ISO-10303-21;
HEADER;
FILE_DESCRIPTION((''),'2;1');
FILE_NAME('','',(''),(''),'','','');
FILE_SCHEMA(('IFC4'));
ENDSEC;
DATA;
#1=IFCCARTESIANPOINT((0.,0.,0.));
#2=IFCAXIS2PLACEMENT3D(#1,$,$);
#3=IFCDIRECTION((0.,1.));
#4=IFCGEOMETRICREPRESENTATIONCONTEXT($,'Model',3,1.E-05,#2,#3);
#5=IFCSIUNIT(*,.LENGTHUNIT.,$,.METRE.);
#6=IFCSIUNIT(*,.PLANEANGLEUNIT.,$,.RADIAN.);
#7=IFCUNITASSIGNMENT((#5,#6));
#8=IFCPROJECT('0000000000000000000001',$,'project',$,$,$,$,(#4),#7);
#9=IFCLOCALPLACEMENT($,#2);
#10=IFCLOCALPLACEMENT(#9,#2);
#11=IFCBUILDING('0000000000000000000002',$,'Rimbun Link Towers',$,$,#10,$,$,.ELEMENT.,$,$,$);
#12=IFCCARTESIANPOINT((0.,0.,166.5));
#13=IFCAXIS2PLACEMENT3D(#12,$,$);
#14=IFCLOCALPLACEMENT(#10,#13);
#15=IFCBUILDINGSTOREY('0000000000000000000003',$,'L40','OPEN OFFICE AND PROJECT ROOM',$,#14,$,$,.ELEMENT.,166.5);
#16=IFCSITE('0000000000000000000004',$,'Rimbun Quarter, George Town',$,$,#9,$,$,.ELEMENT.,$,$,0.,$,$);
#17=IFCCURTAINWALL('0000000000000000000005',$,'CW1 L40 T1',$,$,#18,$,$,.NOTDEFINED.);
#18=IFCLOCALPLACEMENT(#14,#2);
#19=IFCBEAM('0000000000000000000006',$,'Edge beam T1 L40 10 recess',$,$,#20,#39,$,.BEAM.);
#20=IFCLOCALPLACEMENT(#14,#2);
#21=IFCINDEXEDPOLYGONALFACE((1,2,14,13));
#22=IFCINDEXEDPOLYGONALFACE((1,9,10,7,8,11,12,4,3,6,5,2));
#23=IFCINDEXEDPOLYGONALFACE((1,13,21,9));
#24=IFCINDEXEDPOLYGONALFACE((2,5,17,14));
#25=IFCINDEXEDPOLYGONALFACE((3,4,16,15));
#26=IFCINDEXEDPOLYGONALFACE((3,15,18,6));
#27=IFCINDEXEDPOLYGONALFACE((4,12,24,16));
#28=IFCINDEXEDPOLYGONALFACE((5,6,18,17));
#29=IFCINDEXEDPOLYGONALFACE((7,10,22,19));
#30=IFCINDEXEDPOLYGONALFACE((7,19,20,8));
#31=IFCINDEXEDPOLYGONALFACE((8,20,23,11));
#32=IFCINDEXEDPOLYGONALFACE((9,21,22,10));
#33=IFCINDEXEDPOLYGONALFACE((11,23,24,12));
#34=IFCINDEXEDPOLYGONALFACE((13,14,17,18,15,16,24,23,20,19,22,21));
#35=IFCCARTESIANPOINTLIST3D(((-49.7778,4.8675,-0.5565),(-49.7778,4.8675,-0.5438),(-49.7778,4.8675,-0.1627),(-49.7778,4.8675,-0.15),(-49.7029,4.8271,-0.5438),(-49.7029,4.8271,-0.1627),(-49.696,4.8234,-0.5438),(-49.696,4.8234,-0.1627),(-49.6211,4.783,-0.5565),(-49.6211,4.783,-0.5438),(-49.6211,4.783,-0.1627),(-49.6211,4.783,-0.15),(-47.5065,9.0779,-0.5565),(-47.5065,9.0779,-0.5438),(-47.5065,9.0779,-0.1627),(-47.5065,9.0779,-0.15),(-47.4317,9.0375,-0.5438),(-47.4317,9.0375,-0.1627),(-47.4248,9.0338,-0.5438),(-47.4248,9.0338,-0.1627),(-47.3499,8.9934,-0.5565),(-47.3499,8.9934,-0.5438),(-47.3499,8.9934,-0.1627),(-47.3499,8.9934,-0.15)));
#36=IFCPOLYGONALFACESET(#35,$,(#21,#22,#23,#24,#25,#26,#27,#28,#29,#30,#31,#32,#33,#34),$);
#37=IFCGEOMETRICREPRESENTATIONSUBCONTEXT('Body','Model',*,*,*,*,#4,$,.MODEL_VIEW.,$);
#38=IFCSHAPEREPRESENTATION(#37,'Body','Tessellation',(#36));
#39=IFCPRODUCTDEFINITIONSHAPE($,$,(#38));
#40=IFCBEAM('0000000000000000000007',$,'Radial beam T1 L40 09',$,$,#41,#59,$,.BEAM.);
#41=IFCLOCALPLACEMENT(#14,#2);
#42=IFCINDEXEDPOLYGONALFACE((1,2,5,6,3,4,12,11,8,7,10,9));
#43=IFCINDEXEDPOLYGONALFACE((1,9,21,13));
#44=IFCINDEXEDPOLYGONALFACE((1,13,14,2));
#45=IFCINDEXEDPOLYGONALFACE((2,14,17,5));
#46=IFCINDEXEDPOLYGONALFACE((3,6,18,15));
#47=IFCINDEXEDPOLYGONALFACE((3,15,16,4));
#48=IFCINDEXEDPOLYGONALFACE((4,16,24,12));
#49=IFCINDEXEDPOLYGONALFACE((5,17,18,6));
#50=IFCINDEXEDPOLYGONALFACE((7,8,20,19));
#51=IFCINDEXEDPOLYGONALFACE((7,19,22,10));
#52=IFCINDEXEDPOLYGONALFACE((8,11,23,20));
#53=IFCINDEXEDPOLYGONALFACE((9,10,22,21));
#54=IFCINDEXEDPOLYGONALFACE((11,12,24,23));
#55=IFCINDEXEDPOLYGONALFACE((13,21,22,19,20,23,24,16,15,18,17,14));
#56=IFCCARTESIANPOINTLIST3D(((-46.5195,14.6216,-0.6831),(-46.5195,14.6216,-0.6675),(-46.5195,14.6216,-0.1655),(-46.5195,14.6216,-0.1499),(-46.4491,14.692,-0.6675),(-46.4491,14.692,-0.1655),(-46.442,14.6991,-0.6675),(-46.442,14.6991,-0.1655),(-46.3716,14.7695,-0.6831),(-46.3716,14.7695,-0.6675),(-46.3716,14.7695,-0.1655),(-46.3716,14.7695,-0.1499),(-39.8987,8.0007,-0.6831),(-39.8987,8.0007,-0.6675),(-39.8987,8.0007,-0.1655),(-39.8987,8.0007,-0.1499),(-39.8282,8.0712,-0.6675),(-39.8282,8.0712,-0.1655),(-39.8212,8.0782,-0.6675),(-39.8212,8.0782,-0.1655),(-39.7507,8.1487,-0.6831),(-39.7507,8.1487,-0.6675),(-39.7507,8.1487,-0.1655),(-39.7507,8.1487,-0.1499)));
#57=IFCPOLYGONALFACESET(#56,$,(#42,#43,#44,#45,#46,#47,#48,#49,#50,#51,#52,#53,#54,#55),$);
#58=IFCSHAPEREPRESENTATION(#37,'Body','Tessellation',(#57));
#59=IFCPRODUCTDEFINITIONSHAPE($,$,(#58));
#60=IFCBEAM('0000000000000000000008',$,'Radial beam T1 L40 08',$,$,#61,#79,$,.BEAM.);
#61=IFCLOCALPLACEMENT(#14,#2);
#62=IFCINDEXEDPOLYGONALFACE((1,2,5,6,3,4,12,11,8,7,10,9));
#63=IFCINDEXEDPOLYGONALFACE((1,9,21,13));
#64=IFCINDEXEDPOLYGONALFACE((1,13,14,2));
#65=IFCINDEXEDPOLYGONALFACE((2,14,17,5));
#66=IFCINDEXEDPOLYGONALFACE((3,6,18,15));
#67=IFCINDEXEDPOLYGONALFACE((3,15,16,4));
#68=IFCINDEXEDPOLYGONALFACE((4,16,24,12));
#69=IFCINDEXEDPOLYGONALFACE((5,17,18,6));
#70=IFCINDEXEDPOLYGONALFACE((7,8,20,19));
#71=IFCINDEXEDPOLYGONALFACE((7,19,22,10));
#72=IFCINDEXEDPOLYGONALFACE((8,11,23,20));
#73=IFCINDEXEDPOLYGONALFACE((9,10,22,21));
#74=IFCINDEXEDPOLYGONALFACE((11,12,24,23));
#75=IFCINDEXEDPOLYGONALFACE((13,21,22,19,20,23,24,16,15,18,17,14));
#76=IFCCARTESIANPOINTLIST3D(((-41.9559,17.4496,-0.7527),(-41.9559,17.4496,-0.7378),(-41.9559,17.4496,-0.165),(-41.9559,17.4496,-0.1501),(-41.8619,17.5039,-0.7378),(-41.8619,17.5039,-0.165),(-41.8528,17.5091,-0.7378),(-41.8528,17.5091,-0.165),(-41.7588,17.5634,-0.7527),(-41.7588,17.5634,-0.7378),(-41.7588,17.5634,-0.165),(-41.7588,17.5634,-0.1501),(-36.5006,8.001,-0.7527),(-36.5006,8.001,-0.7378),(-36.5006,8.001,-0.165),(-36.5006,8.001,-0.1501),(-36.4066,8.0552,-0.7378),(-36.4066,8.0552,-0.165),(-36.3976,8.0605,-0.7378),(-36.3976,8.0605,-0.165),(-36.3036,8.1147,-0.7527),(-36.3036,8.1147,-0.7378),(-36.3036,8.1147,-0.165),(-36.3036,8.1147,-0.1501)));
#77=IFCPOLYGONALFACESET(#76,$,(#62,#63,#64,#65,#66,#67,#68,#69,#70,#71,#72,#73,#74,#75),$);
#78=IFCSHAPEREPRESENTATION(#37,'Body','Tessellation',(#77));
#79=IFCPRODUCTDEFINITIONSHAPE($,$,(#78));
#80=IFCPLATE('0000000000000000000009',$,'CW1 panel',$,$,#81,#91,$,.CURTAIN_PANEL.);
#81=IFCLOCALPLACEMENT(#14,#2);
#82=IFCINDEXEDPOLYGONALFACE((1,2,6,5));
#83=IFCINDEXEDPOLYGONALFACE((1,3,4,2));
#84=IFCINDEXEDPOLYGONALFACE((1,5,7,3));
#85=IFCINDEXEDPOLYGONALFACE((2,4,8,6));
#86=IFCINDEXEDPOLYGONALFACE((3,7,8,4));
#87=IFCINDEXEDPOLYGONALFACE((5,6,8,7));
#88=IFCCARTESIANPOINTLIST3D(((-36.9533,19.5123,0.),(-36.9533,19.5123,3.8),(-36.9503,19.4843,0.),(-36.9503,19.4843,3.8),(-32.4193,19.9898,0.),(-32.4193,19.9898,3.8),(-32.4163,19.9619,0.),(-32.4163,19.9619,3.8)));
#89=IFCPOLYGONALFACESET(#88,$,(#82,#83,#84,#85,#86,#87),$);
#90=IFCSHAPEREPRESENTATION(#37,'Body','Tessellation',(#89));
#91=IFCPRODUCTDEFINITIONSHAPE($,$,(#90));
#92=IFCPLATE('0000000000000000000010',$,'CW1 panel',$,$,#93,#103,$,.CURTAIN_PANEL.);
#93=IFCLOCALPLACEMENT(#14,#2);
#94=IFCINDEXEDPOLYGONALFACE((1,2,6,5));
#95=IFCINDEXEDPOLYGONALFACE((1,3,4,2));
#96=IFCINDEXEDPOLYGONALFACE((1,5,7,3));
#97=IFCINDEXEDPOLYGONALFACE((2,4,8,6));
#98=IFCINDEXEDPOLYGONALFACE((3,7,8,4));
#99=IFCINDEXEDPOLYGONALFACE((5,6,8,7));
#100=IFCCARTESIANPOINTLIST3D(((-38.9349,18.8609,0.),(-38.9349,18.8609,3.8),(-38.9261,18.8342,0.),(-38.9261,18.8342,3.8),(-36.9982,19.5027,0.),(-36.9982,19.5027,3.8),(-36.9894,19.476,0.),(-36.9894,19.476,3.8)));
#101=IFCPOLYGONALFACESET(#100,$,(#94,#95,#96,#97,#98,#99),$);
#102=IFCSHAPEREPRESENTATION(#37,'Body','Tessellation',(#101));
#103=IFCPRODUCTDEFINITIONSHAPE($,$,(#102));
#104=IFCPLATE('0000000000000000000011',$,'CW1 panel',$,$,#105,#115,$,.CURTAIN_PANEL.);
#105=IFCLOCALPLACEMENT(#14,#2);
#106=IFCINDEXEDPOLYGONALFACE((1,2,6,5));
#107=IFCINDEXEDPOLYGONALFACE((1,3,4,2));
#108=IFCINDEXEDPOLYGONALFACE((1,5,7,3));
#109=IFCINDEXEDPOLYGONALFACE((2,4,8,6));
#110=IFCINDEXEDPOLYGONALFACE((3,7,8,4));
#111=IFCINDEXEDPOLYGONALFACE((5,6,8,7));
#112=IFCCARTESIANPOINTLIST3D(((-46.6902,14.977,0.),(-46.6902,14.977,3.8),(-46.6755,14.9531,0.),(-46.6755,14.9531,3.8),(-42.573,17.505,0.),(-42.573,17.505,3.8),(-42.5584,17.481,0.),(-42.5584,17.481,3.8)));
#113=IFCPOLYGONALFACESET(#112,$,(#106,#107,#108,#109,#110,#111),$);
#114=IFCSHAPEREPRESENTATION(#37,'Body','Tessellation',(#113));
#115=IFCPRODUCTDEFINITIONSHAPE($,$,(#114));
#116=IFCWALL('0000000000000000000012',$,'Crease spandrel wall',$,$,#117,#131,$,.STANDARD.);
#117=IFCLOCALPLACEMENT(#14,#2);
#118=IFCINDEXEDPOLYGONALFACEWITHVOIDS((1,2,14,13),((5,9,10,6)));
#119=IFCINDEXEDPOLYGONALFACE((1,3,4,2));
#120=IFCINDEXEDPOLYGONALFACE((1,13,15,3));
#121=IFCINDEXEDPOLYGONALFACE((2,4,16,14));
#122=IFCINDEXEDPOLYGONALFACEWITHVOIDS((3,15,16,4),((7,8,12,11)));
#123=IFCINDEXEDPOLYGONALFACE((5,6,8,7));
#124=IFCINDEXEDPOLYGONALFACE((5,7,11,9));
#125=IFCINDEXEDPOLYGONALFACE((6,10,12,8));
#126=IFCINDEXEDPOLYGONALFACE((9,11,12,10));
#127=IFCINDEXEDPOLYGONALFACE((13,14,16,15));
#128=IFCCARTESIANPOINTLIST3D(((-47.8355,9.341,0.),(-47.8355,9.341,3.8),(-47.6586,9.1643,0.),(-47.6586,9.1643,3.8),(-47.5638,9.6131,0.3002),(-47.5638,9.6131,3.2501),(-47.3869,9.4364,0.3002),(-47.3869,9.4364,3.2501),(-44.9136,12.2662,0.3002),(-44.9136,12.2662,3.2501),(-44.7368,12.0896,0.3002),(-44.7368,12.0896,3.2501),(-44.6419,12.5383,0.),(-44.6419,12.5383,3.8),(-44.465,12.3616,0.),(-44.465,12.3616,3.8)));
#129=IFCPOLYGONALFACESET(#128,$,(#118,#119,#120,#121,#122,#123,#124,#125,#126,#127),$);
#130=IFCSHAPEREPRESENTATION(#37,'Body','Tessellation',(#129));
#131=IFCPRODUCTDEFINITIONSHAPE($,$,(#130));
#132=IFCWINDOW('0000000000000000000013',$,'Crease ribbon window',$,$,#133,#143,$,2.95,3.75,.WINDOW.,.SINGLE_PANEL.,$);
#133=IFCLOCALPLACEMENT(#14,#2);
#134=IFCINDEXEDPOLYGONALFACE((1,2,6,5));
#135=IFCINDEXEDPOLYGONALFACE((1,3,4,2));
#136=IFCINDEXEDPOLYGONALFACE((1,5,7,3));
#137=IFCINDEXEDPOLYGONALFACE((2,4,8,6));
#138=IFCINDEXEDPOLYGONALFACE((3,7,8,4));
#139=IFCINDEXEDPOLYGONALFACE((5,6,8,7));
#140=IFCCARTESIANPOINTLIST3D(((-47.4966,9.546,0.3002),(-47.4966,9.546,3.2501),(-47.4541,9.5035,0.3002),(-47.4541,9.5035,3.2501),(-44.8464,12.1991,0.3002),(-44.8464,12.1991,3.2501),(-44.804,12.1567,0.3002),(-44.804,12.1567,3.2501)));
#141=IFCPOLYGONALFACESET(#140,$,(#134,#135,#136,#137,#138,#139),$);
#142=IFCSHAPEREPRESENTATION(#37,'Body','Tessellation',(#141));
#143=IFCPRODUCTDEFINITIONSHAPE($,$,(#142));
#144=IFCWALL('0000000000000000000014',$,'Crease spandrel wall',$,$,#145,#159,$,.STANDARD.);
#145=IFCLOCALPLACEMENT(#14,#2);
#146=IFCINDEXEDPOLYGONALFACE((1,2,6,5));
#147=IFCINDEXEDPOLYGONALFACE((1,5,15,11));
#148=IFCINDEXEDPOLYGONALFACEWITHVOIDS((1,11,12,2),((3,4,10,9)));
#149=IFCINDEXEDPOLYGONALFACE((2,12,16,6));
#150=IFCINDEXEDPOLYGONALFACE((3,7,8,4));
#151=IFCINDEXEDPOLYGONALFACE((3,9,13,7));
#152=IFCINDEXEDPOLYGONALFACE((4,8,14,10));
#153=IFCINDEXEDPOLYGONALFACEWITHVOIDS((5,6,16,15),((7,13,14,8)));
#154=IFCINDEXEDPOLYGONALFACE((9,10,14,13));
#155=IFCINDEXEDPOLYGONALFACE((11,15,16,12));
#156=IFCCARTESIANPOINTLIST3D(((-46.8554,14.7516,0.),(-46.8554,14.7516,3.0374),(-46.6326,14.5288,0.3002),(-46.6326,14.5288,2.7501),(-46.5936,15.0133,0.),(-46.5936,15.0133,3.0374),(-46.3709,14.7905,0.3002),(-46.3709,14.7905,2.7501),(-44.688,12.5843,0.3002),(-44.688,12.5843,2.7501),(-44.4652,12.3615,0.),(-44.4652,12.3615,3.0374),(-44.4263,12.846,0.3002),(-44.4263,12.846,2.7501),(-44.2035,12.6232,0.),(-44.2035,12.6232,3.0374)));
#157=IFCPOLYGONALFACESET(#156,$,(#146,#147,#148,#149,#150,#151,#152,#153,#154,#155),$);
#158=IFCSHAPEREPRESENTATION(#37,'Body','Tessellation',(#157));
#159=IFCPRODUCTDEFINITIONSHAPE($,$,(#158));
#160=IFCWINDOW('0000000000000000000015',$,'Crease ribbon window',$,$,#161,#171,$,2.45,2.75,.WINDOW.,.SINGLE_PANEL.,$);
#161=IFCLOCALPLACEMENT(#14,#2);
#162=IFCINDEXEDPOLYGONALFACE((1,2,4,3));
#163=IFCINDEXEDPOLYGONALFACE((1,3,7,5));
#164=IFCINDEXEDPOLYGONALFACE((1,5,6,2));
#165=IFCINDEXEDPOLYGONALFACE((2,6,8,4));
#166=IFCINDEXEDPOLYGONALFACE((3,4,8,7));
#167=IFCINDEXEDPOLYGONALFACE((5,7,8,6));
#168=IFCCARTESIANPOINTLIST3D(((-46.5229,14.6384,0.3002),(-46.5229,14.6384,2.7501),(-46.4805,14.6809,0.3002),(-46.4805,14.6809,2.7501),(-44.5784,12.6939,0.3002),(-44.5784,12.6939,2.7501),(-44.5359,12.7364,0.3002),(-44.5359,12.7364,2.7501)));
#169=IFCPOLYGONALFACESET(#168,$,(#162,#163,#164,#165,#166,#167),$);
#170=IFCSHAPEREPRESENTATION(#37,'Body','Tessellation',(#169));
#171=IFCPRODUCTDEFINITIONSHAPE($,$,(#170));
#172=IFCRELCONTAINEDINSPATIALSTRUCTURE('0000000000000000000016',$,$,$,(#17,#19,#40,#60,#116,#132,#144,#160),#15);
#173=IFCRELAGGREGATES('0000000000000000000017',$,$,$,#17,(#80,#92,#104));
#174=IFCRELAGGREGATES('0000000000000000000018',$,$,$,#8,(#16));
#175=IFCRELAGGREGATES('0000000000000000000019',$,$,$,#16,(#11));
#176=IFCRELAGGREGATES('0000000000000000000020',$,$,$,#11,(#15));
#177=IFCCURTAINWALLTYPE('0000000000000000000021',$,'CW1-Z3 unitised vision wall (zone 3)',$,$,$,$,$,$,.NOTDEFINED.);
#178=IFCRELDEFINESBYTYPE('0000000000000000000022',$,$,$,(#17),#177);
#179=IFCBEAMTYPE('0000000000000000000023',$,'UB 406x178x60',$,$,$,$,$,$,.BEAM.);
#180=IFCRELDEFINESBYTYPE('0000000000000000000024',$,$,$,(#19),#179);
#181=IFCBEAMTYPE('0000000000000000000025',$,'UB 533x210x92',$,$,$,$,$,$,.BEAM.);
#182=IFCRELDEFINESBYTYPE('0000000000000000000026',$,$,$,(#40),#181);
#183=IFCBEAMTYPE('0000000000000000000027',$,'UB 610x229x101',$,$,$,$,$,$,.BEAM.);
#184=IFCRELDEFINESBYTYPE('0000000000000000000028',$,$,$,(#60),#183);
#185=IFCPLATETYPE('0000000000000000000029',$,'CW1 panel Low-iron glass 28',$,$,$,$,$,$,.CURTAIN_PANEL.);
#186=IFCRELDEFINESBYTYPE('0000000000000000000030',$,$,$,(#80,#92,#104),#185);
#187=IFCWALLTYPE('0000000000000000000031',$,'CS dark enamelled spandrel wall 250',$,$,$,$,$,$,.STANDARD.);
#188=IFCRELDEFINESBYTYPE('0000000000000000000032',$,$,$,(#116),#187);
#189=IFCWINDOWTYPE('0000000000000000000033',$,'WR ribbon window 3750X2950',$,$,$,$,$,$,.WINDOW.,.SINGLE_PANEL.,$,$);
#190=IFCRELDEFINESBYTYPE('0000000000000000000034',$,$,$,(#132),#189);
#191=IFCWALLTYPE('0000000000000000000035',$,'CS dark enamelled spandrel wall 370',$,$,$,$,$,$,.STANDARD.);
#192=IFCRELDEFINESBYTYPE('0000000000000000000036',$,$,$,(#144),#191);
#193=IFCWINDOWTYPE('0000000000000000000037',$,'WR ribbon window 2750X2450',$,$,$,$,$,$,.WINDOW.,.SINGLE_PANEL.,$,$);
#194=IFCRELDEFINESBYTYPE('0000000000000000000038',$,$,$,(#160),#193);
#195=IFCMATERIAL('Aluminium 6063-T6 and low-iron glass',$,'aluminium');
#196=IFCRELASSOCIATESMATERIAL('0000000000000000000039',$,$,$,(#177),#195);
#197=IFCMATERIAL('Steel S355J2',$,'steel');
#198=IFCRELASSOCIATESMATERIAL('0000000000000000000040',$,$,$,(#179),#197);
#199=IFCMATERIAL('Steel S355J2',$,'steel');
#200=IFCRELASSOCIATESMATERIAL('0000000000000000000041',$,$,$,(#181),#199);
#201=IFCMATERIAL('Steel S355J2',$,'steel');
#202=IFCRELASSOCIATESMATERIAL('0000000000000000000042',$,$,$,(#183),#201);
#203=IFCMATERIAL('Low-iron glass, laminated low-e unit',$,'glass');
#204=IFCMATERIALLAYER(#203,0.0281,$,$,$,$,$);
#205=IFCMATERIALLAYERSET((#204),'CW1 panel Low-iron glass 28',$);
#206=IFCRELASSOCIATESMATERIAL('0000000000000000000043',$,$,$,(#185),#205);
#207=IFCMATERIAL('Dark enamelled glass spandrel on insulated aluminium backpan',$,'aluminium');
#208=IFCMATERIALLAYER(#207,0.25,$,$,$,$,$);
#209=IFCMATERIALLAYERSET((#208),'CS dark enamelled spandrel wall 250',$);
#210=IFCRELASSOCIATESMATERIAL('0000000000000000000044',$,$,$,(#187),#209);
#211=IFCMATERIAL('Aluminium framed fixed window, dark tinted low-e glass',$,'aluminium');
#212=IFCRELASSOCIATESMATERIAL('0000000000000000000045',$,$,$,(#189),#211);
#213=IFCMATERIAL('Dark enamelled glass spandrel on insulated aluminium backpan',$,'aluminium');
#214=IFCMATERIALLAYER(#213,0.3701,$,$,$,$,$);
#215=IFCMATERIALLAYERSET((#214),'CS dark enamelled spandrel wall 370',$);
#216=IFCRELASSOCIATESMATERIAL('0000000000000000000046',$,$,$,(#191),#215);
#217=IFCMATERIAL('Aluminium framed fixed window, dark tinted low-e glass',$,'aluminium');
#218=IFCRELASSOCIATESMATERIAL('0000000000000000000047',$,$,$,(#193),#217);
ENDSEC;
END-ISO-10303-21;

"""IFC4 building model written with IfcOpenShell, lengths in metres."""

from ifc_helpers import new_model, si_unit, direction, frame, frame_2d, origin, origin_2d, place, context, subcontext, project, spatial, rectangle, i_section, extrude, material, layer, layer_set, material_profile, profile_set, type_object, element, fill, aggregate, save


model = new_model("IFC4")

# Units and contexts
model_context = context("Model", 3, precision=1e-05, world=origin(), true_north=direction((0.0, 1.0)))
body_context = subcontext(model_context, "Body", "Model", "MODEL_VIEW")
ifc_project = project(units=[si_unit("LENGTHUNIT", "METRE"), si_unit("PLANEANGLEUNIT", "RADIAN")], contexts=[model_context])

# Site, building, storey
site_placement = place(None, origin())
site = spatial("IfcSite", under=ifc_project, at=site_placement, Name="Rimbun Quarter, George Town", CompositionType="ELEMENT", RefElevation=0.0)
building_placement = place(site_placement, origin())
building = spatial("IfcBuilding", under=site, at=building_placement, Name="Rimbun Link Towers", CompositionType="ELEMENT")
storey_placement = place(building_placement, frame((0.0, 0.0, 166.5)))
storey = spatial("IfcBuildingStorey", under=building, at=storey_placement, Name="L40", Description="OPEN OFFICE AND PROJECT ROOM", CompositionType="ELEMENT", Elevation=166.5)

# Curtain wall
ifc_material_1 = material(Name="Aluminium 6063-T6 and low-iron glass", Category="aluminium")
curtain_wall_type = type_object("IfcCurtainWallType", Name="CW1-Z3 unitised vision wall (zone 3)", PredefinedType="NOTDEFINED", material=ifc_material_1)
curtain_wall_placement = place(storey_placement, origin())
curtain_wall = element("IfcCurtainWall", 1, at=curtain_wall_placement, inside=storey, type_object=curtain_wall_type, Name="CW1 L40 T1", PredefinedType="NOTDEFINED")

# Beams
ifc_material_2 = material(Name="Steel S355J2", Category="steel")
ifc_material_profile_1 = material_profile(ifc_material_2, i_section(OverallWidth=0.178, OverallDepth=0.4065, WebThickness=0.0078, FlangeThickness=0.0127, at=origin_2d()), Name="UB 406x178x60")
ifc_profile_set_1 = profile_set([ifc_material_profile_1], Name="Steel S355J2")
beam_type_1 = type_object("IfcBeamType", Name="UB 406x178x60", PredefinedType="BEAM", material=ifc_profile_set_1)
beam_1_placement = place(storey_placement, frame((-47.4282, 9.0356, -0.3533), z_axis=(-0.47476, -0.880115, 0.0), x_axis=(0.880115, -0.47476, 0.0)))
element("IfcBeam", 2, at=beam_1_placement, inside=storey, type_object=beam_type_1, Name="Edge beam T1 L40 10 recess", PredefinedType="BEAM", context=body_context, shape_type="SweptSolid", body=[
    extrude(i_section(OverallWidth=0.178, OverallDepth=0.4065, WebThickness=0.0078, FlangeThickness=0.0127, at=origin_2d()), origin(), (0.0, 0.0, 1.0), 4.7839),
])
ifc_material_3 = material(Name="Steel S355J2", Category="steel")
ifc_material_profile_2 = material_profile(ifc_material_3, i_section(OverallWidth=0.2092, OverallDepth=0.5332, WebThickness=0.01, FlangeThickness=0.0156, at=origin_2d()), Name="UB 533x210x92")
ifc_profile_set_2 = profile_set([ifc_material_profile_2], Name="Steel S355J2")
beam_type_2 = type_object("IfcBeamType", Name="UB 533x210x92", PredefinedType="BEAM", material=ifc_profile_set_2)
beam_2_placement = place(storey_placement, frame((-39.8247, 8.0747, -0.4165), z_axis=(-0.707107, 0.707107, 0.0), x_axis=(-0.707107, -0.707107, 0.0)))
element("IfcBeam", 3, at=beam_2_placement, inside=storey, type_object=beam_type_2, Name="Radial beam T1 L40 09", PredefinedType="BEAM", context=body_context, shape_type="SweptSolid", body=[
    extrude(i_section(OverallWidth=0.2092, OverallDepth=0.5332, WebThickness=0.01, FlangeThickness=0.0156, at=origin_2d()), origin(), (0.0, 0.0, 1.0), 9.3633),
])
ifc_material_4 = material(Name="Steel S355J2", Category="steel")
ifc_material_profile_3 = material_profile(ifc_material_4, i_section(OverallWidth=0.2275, OverallDepth=0.6025, WebThickness=0.0105, FlangeThickness=0.0149, at=origin_2d()), Name="UB 610x229x101")
ifc_profile_set_3 = profile_set([ifc_material_profile_3], Name="Steel S355J2")
beam_type_3 = type_object("IfcBeamType", Name="UB 610x229x101", PredefinedType="BEAM", material=ifc_profile_set_3)
beam_3_placement = place(storey_placement, frame((-36.4021, 8.0579, -0.4514), z_axis=(-0.500007, 0.866022, 0.0), x_axis=(-0.866022, -0.500007, 0.0)))
element("IfcBeam", 4, at=beam_3_placement, inside=storey, type_object=beam_type_3, Name="Radial beam T1 L40 08", PredefinedType="BEAM", context=body_context, shape_type="SweptSolid", body=[
    extrude(i_section(OverallWidth=0.2275, OverallDepth=0.6025, WebThickness=0.0105, FlangeThickness=0.0149, at=origin_2d()), origin(), (0.0, 0.0, 1.0), 10.9104),
])

# Plates
ifc_material_5 = material(Name="Low-iron glass, laminated low-e unit", Category="glass")
ifc_layer_1 = layer(ifc_material_5, 0.0281)
ifc_layer_set_1 = layer_set([ifc_layer_1], Name="CW1 panel Low-iron glass 28")
plate_type = type_object("IfcPlateType", Name="CW1 panel Low-iron glass 28", PredefinedType="CURTAIN_PANEL", material=ifc_layer_set_1)
plate_1_placement = place(storey_placement, frame((-34.6848, 19.7371, 0.0), z_axis=(0.0, 0.0, 1.0), x_axis=(0.9945, 0.10474, 0.0)))
plate_1 = element("IfcPlate", 5, at=plate_1_placement, type_object=plate_type, Name="CW1 panel", PredefinedType="CURTAIN_PANEL", context=body_context, shape_type="SweptSolid", body=[
    extrude(rectangle(XDim=4.5591, YDim=0.0281, at=origin_2d()), origin(), (0.0, 0.0, 1.0), 3.8),
])
plate_2_placement = place(storey_placement, frame((-37.9622, 19.1685, 0.0), z_axis=(0.0, 0.0, 1.0), x_axis=(0.949239, 0.314556, 0.0)))
plate_2 = element("IfcPlate", 6, at=plate_2_placement, type_object=plate_type, Name="CW1 panel", PredefinedType="CURTAIN_PANEL", context=body_context, shape_type="SweptSolid", body=[
    extrude(rectangle(XDim=2.0403, YDim=0.0281, at=origin_2d()), origin(), (0.0, 0.0, 1.0), 3.8),
])
plate_3_placement = place(storey_placement, frame((-44.6243, 16.229, 0.0), z_axis=(0.0, 0.0, 1.0), x_axis=(0.852179, 0.52325, 0.0)))
plate_3 = element("IfcPlate", 7, at=plate_3_placement, type_object=plate_type, Name="CW1 panel", PredefinedType="CURTAIN_PANEL", context=body_context, shape_type="SweptSolid", body=[
    extrude(rectangle(XDim=4.8313, YDim=0.0281, at=origin_2d()), origin(), (0.0, 0.0, 1.0), 3.8),
])
aggregate(curtain_wall, [plate_1, plate_2, plate_3])

# Walls, openings, windows
ifc_material_6 = material(Name="Dark enamelled glass spandrel on insulated aluminium backpan", Category="aluminium")
ifc_layer_2 = layer(ifc_material_6, 0.25)
ifc_layer_set_2 = layer_set([ifc_layer_2], Name="CS dark enamelled spandrel wall 250")
wall_type_1 = type_object("IfcWallType", Name="CS dark enamelled spandrel wall 250", PredefinedType="STANDARD", material=ifc_layer_set_2)
wall_1_placement = place(storey_placement, frame((-47.7471, 9.2527, 0.0), z_axis=(0.0, 0.0, 1.0), x_axis=(0.706701, 0.707512, 0.0)))
wall_1 = element("IfcWall", 8, at=wall_1_placement, inside=storey, type_object=wall_type_1, Name="Crease spandrel wall", PredefinedType="STANDARD", context=body_context, shape_type="SweptSolid", body=[
    extrude(rectangle(XDim=4.519, YDim=0.25, at=frame_2d((2.2595, 0.0))), origin(), (0.0, 0.0, 1.0), 3.8),
])
opening_1_placement = place(wall_1_placement, frame((0.3845, 0.0, 0.3)))
opening_1 = element("IfcOpeningElement", 9, at=opening_1_placement, cuts=wall_1, PredefinedType="OPENING", context=body_context, shape_type="SweptSolid", body=[
    extrude(rectangle(XDim=3.75, YDim=2.95, at=frame_2d((1.875, 1.4751))), frame((0.0, 0.135, 0.0), z_axis=(0.0, -1.0, 0.0), x_axis=(1.0, 0.0, 0.0)), (0.0, 0.0, 1.0), 0.27),
])
ifc_material_7 = material(Name="Aluminium framed fixed window, dark tinted low-e glass", Category="aluminium")
window_type_1 = type_object("IfcWindowType", Name="WR ribbon window 3750X2950", PartitioningType="SINGLE_PANEL", PredefinedType="WINDOW", material=ifc_material_7)
window_1_placement = place(opening_1_placement, origin())
window_1 = element("IfcWindow", 10, at=window_1_placement, inside=storey, type_object=window_type_1, Name="Crease ribbon window", OverallHeight=2.95, OverallWidth=3.75, PartitioningType="SINGLE_PANEL", PredefinedType="WINDOW", context=body_context, shape_type="SweptSolid", body=[
    extrude(rectangle(XDim=3.75, YDim=2.95, at=frame_2d((1.875, 1.4751))), frame((0.0, 0.03, 0.0), z_axis=(0.0, -1.0, 0.0), x_axis=(1.0, 0.0, 0.0)), (0.0, 0.0, 1.0), 0.0601),
])
fill(opening_1, window_1)
ifc_material_8 = material(Name="Dark enamelled glass spandrel on insulated aluminium backpan", Category="aluminium")
ifc_layer_3 = layer(ifc_material_8, 0.3701)
ifc_layer_set_3 = layer_set([ifc_layer_3], Name="CS dark enamelled spandrel wall 370")
wall_type_2 = type_object("IfcWallType", Name="CS dark enamelled spandrel wall 370", PredefinedType="STANDARD", material=ifc_layer_set_3)
wall_2_placement = place(storey_placement, frame((-44.3345, 12.4924, 0.0), z_axis=(0.0, 0.0, 1.0), x_axis=(-0.707107, 0.707107, 0.0)))
wall_2 = element("IfcWall", 11, at=wall_2_placement, inside=storey, type_object=wall_type_2, Name="Crease spandrel wall", PredefinedType="STANDARD", context=body_context, shape_type="SweptSolid", body=[
    extrude(rectangle(XDim=3.3801, YDim=0.3701, at=frame_2d((1.6899, 0.0))), origin(), (0.0, 0.0, 1.0), 3.0374),
])
opening_2_placement = place(wall_2_placement, frame((0.3149, 0.0, 0.3)))
opening_2 = element("IfcOpeningElement", 12, at=opening_2_placement, cuts=wall_2, PredefinedType="OPENING", context=body_context, shape_type="SweptSolid", body=[
    extrude(rectangle(XDim=2.75, YDim=2.45, at=frame_2d((1.375, 1.2251))), frame((0.0, 0.1951, 0.0), z_axis=(0.0, -1.0, 0.0), x_axis=(1.0, 0.0, 0.0)), (0.0, 0.0, 1.0), 0.3901),
])
ifc_material_9 = material(Name="Aluminium framed fixed window, dark tinted low-e glass", Category="aluminium")
window_type_2 = type_object("IfcWindowType", Name="WR ribbon window 2750X2450", PartitioningType="SINGLE_PANEL", PredefinedType="WINDOW", material=ifc_material_9)
window_2_placement = place(opening_2_placement, origin())
window_2 = element("IfcWindow", 13, at=window_2_placement, inside=storey, type_object=window_type_2, Name="Crease ribbon window", OverallHeight=2.45, OverallWidth=2.75, PartitioningType="SINGLE_PANEL", PredefinedType="WINDOW", context=body_context, shape_type="SweptSolid", body=[
    extrude(rectangle(XDim=2.75, YDim=2.45, at=frame_2d((1.375, 1.2251))), frame((0.0, 0.03, 0.0), z_axis=(0.0, -1.0, 0.0), x_axis=(1.0, 0.0, 0.0)), (0.0, 0.0, 1.0), 0.0601),
])
fill(opening_2, window_2)

save(model, "model.ifc")
